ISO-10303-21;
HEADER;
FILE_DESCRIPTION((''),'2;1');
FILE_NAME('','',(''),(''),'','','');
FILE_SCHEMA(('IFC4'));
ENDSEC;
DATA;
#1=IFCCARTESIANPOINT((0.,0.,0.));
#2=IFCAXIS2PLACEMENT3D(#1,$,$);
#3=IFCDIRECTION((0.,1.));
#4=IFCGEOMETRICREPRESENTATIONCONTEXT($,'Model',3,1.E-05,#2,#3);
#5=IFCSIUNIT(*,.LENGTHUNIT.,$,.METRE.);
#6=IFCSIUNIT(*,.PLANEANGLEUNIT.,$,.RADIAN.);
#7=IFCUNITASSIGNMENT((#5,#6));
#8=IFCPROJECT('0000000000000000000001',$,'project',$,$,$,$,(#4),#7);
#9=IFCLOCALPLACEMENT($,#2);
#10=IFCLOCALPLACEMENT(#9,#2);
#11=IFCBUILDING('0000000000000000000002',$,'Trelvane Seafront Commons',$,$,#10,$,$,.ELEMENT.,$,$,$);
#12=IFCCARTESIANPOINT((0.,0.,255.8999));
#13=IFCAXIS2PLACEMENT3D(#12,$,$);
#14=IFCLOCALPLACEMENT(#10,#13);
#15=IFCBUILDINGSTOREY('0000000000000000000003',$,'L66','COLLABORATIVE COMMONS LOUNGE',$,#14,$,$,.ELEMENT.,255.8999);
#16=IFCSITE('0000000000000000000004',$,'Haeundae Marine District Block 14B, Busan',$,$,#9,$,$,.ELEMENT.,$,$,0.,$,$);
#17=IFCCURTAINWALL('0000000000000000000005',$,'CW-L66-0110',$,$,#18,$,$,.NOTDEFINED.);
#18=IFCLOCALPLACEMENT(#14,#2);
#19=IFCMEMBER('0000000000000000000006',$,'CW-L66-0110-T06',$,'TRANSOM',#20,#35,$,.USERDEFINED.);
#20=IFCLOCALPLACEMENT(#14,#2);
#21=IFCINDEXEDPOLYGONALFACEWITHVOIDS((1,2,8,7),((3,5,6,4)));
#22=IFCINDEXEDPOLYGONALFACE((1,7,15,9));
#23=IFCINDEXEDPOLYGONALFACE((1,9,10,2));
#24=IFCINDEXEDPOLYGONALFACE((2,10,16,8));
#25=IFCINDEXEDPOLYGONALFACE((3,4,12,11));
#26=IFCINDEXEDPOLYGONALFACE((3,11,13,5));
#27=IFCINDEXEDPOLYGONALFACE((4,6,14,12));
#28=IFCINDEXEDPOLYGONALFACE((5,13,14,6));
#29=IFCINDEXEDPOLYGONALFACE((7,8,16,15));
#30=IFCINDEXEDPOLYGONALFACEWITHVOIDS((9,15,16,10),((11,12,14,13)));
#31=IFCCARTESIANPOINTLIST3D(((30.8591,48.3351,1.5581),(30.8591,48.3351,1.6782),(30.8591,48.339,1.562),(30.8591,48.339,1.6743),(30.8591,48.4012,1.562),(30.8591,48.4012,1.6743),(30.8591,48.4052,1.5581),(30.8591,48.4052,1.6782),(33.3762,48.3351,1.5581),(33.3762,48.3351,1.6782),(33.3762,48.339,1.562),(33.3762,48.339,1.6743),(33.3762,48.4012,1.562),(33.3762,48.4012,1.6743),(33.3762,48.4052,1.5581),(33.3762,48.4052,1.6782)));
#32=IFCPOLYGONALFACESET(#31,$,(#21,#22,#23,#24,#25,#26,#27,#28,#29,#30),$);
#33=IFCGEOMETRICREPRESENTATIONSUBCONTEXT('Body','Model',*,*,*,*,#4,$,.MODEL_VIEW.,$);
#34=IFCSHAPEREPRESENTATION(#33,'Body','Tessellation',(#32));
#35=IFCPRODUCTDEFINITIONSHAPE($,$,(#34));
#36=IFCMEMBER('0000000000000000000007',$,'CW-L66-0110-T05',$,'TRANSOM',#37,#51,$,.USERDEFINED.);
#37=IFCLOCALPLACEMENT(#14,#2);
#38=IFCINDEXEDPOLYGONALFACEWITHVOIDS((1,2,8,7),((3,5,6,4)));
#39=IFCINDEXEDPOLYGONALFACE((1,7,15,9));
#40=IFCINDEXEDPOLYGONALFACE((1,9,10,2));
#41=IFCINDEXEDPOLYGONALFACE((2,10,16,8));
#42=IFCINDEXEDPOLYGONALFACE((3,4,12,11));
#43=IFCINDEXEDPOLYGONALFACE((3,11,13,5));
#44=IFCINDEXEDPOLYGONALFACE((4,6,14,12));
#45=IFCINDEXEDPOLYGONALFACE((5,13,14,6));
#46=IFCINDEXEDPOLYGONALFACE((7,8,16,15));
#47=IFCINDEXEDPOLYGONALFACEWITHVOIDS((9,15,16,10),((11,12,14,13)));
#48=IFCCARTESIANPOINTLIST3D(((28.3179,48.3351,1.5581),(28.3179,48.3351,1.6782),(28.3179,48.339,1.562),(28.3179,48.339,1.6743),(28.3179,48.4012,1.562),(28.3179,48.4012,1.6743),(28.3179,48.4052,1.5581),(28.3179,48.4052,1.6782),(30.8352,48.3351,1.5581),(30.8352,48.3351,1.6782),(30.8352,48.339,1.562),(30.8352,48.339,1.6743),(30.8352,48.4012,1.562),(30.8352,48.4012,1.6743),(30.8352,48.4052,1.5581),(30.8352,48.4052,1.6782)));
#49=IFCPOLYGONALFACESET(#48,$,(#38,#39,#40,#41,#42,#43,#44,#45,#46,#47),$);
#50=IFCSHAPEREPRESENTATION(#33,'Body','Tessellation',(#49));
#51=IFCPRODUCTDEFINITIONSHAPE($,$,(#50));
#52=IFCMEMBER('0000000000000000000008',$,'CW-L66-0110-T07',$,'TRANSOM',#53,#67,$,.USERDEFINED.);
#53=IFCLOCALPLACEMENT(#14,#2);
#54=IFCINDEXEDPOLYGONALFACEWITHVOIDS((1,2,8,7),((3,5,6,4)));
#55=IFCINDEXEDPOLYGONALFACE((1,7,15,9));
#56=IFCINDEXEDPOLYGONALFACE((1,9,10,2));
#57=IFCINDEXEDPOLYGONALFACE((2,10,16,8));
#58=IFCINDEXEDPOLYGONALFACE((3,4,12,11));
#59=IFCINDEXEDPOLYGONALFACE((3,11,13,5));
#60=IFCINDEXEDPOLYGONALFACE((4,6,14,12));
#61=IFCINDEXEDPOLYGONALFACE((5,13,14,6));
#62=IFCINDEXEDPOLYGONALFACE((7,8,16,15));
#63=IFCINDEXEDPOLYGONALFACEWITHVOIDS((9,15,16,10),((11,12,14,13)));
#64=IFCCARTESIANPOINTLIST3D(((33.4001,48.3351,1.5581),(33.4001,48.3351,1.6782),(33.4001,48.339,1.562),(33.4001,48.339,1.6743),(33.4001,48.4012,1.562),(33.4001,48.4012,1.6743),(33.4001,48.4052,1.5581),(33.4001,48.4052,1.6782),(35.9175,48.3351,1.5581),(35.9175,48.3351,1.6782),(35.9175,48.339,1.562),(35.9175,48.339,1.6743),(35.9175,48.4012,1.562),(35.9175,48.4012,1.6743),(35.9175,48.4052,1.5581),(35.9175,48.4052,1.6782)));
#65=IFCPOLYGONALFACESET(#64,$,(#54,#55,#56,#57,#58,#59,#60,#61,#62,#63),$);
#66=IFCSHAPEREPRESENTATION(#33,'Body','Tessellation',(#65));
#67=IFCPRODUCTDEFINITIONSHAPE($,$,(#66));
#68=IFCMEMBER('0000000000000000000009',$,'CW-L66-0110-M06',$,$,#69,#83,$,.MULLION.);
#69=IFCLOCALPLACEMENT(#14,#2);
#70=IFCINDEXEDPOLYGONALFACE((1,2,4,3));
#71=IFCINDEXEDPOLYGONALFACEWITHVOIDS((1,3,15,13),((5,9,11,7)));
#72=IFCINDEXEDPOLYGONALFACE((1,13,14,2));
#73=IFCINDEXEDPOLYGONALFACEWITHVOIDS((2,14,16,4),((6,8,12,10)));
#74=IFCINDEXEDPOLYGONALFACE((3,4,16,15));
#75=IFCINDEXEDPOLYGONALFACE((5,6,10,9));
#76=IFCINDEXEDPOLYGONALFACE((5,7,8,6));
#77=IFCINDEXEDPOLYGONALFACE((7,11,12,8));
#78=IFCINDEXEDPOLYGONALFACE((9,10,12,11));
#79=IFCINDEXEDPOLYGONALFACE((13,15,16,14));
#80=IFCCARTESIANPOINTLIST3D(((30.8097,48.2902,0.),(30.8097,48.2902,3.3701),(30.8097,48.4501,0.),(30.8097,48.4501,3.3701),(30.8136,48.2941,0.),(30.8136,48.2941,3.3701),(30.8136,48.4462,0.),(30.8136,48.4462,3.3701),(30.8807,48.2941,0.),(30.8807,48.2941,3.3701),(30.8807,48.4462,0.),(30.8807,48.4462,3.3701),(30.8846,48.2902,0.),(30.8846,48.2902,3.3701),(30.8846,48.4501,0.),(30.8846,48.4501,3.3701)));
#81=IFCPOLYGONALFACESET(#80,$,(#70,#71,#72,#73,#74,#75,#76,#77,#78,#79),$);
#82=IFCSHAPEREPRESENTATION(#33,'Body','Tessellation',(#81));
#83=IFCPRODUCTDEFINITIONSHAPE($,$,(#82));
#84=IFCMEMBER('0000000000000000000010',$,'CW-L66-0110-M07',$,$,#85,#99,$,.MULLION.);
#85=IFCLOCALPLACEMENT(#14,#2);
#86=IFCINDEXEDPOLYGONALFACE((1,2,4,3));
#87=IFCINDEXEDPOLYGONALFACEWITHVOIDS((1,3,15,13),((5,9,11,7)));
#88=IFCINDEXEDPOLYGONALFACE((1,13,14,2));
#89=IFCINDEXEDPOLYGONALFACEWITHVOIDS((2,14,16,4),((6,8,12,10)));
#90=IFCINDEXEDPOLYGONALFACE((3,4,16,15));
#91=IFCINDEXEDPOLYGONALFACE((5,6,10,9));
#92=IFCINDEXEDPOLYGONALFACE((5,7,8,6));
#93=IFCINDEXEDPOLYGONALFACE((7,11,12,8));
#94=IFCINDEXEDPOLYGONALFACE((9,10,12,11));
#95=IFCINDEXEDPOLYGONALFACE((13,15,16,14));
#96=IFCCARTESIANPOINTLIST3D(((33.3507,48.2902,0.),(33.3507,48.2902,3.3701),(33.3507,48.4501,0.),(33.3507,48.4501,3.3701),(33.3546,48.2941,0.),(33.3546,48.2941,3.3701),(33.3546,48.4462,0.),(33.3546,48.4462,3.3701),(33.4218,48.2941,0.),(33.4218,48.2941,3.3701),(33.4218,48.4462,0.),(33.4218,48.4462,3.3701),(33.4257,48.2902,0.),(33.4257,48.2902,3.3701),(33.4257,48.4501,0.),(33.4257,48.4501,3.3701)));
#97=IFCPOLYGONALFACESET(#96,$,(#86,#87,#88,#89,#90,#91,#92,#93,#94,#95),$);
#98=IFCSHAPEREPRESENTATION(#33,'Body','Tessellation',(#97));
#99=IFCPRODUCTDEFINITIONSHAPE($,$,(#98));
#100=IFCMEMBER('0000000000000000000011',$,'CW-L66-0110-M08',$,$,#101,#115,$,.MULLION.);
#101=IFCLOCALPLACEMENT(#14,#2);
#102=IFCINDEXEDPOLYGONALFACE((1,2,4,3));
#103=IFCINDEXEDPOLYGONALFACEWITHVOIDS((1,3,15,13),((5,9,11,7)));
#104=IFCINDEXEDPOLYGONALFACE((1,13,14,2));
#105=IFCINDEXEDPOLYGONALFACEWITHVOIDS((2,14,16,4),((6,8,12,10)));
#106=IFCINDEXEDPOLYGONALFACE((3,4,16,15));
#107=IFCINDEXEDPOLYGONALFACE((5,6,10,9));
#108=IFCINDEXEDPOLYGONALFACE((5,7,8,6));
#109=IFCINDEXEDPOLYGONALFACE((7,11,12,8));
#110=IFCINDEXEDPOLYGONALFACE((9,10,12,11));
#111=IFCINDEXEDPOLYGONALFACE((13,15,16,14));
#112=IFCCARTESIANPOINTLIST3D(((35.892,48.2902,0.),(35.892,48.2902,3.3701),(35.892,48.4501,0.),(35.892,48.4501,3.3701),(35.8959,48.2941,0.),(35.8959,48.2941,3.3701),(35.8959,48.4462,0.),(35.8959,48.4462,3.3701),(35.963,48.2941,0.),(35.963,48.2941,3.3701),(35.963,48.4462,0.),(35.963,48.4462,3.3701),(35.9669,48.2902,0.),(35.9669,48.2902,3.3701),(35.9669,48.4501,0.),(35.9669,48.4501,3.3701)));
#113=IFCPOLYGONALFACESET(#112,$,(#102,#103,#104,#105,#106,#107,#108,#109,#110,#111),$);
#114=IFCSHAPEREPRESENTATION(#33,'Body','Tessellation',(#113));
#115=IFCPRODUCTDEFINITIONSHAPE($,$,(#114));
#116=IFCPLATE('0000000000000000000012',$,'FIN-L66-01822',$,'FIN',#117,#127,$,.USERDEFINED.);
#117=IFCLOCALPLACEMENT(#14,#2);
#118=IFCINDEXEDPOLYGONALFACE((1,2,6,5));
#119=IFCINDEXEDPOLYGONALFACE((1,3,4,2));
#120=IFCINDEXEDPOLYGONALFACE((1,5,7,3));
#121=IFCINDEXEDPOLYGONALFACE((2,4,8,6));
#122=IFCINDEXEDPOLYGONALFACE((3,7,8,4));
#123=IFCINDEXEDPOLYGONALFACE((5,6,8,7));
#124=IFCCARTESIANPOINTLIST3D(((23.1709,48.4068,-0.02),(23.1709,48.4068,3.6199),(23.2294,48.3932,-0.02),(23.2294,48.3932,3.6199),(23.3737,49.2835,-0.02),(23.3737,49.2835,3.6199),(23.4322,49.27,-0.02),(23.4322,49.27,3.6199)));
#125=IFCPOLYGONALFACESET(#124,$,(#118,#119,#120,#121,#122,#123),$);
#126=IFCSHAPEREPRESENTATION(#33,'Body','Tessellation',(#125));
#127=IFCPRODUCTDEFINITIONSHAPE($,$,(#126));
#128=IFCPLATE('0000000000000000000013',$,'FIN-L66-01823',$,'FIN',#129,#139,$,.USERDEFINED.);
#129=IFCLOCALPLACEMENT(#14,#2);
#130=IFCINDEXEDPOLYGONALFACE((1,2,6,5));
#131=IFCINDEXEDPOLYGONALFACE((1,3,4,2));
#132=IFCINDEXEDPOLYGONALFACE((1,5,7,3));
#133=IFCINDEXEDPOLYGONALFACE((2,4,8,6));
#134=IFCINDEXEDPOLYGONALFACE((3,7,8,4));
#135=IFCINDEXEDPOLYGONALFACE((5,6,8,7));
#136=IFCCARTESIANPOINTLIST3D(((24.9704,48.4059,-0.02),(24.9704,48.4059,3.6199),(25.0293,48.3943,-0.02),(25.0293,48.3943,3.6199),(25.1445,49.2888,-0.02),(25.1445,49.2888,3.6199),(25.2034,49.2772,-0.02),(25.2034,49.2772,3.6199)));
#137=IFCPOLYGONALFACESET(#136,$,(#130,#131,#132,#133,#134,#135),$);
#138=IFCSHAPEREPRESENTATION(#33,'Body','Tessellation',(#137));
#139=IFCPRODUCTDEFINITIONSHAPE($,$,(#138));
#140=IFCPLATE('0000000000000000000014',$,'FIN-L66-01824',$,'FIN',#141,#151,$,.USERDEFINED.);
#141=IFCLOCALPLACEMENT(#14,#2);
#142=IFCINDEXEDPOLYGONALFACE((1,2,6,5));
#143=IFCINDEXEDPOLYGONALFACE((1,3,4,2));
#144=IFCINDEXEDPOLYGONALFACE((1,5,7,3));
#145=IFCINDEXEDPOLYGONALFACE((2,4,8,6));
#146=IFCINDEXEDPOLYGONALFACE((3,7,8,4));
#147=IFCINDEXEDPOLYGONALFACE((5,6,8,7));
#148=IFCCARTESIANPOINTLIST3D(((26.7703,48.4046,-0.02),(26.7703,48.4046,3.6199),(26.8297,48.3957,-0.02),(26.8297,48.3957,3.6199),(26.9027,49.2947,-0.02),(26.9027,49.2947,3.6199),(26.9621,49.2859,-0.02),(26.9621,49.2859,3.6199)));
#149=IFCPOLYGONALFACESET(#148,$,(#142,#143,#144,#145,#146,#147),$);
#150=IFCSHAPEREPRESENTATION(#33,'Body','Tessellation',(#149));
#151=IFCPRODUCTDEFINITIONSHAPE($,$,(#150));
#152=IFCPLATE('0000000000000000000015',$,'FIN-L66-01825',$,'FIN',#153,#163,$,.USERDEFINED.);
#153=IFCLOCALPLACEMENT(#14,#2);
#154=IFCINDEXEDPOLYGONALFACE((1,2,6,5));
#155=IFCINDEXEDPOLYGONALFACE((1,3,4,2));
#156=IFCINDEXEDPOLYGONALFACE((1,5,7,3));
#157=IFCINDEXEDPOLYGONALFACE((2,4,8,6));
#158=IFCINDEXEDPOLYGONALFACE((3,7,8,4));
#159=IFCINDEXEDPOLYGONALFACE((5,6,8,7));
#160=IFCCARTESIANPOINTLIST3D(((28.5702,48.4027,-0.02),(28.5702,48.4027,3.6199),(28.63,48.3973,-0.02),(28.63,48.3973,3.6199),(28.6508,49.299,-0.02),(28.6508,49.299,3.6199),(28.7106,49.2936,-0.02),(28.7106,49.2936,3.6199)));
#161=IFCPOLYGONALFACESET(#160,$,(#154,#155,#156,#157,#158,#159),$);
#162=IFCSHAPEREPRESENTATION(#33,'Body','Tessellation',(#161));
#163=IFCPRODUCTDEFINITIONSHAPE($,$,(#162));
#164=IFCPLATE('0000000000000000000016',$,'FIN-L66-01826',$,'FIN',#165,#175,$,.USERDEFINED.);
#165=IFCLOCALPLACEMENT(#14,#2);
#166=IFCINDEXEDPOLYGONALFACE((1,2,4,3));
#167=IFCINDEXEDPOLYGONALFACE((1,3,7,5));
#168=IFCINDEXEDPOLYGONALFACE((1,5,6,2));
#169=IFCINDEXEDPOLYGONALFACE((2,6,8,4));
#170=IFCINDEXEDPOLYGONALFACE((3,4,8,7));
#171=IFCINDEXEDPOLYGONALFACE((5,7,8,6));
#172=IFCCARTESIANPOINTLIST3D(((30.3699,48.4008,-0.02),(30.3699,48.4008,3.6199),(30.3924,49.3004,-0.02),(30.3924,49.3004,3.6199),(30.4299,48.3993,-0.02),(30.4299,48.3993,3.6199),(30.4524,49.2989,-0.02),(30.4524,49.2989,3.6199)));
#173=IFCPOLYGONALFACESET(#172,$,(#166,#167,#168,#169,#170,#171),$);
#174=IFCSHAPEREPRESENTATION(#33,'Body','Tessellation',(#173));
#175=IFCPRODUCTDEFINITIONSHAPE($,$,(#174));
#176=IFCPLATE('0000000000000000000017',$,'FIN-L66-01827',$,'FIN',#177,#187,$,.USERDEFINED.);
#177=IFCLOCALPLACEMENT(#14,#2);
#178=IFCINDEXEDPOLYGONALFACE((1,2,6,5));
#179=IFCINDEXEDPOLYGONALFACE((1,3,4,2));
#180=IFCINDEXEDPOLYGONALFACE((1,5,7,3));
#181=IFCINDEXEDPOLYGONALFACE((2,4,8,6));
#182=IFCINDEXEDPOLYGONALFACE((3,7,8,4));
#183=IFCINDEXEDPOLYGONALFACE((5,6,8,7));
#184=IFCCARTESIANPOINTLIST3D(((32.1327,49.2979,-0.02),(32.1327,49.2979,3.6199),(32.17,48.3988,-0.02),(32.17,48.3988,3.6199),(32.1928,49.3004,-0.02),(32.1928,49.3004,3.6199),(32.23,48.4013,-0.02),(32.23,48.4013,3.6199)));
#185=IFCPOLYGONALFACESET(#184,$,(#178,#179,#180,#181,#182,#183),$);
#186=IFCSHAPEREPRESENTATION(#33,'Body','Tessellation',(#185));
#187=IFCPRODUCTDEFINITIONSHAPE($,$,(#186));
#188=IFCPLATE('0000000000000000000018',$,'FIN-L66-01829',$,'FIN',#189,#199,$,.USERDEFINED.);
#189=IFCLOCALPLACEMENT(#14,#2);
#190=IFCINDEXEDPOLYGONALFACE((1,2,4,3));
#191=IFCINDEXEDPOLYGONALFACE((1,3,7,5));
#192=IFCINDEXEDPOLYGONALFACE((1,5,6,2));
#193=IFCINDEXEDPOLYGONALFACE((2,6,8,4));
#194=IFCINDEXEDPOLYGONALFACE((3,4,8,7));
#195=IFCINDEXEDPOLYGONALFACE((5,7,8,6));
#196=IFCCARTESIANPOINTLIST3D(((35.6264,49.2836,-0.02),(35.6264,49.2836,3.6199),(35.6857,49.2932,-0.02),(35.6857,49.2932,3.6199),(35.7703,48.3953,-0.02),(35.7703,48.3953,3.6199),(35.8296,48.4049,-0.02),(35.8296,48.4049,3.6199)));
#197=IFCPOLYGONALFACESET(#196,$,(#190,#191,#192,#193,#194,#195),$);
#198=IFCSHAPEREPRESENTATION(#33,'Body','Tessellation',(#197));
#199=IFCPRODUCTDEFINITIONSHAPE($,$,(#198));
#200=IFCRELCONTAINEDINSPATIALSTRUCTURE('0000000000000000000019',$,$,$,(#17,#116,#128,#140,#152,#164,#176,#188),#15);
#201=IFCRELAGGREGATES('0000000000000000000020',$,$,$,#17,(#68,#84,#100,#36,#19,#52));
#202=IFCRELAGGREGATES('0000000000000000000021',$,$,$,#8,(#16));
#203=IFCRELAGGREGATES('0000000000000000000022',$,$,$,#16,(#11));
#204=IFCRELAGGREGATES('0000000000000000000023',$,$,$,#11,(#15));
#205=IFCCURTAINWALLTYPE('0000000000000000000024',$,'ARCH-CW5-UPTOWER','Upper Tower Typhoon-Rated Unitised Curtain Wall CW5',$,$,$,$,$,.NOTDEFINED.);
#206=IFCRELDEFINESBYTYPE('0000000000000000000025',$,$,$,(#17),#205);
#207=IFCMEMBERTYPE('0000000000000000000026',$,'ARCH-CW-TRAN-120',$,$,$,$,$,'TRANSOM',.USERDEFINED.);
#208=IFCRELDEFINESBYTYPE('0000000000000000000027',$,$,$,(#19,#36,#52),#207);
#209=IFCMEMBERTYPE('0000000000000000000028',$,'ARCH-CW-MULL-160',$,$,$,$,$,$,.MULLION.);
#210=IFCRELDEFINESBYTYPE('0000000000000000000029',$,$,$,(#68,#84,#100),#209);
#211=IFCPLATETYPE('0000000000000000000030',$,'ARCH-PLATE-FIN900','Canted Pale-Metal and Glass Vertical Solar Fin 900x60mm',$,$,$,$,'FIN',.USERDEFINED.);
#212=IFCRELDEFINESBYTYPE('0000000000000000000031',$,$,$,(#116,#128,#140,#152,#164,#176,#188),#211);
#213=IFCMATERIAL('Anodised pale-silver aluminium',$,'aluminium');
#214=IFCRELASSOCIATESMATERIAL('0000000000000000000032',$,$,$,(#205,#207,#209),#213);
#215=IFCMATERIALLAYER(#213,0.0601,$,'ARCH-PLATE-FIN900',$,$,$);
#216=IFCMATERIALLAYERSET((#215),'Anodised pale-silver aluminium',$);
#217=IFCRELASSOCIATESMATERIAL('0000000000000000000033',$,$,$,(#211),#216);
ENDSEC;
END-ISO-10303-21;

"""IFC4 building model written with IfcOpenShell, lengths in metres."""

from ifc_helpers import new_model, si_unit, direction, frame, origin, origin_2d, place, context, subcontext, project, spatial, rectangle, hollow_rectangle, extrude, source, transform, mapped, material, layer, layer_set, material_profile, profile_set, type_object, element, aggregate, save


model = new_model("IFC4")

# Units and contexts
model_context = context("Model", 3, precision=1e-05, world=origin(), true_north=direction((0.0, 1.0)))
body_context = subcontext(model_context, "Body", "Model", "MODEL_VIEW")
ifc_project = project(units=[si_unit("LENGTHUNIT", "METRE"), si_unit("PLANEANGLEUNIT", "RADIAN")], contexts=[model_context])

# Site, building, storey
site_placement = place(None, origin())
site = spatial("IfcSite", under=ifc_project, at=site_placement, Name="Haeundae Marine District Block 14B, Busan", CompositionType="ELEMENT", RefElevation=0.0)
building_placement = place(site_placement, origin())
building = spatial("IfcBuilding", under=site, at=building_placement, Name="Trelvane Seafront Commons", CompositionType="ELEMENT")
storey_placement = place(building_placement, frame((0.0, 0.0, 255.8999)))
storey = spatial("IfcBuildingStorey", under=building, at=storey_placement, Name="L66", Description="COLLABORATIVE COMMONS LOUNGE", CompositionType="ELEMENT", Elevation=255.8999)

# Curtain wall, members
ifc_material_1 = material(Name="Anodised pale-silver aluminium", Category="aluminium")
curtain_wall_type = type_object("IfcCurtainWallType", Name="ARCH-CW5-UPTOWER", Description="Upper Tower Typhoon-Rated Unitised Curtain Wall CW5", PredefinedType="NOTDEFINED", material=ifc_material_1)
curtain_wall_placement = place(storey_placement, origin())
curtain_wall = element("IfcCurtainWall", 1, at=curtain_wall_placement, inside=storey, type_object=curtain_wall_type, Name="CW-L66-0110", PredefinedType="NOTDEFINED")
ifc_material_profile_1 = material_profile(ifc_material_1, hollow_rectangle(XDim=0.0701, YDim=0.1201, WallThickness=0.0039, at=origin_2d()), Name="TRAN-70x120x4")
ifc_profile_set_1 = profile_set([ifc_material_profile_1], Name="Anodised pale-silver aluminium")
member_type_1 = type_object("IfcMemberType", Name="ARCH-CW-TRAN-120", ElementType="TRANSOM", PredefinedType="USERDEFINED", material=ifc_profile_set_1)
shared_shape_1 = source(origin(), body_context, "Body", "SweptSolid", [
    extrude(hollow_rectangle(XDim=0.0701, YDim=0.1201, WallThickness=0.0039, at=origin_2d()), origin(), (0.0, 0.0, 1.0), 2.5171),
])
member_1_placement = place(storey_placement, frame((30.8591, 48.3701, 1.6182), z_axis=(1.0, 0.0, 0.0), x_axis=(0.0, 1.0, 0.0)))
member_1 = element("IfcMember", 2, at=member_1_placement, type_object=member_type_1, Name="CW-L66-0110-T06", ObjectType="TRANSOM", PredefinedType="USERDEFINED", context=body_context, shape_type="MappedRepresentation", body=[
    mapped(shared_shape_1, transform((0.0, 0.0, 0.0), x_axis=(1.0, 0.0, 0.0), y_axis=(0.0, 1.0, 0.0), z_axis=(0.0, 0.0, 1.0), scale=1.0)),
])
shared_shape_2 = source(origin(), body_context, "Body", "SweptSolid", [
    extrude(hollow_rectangle(XDim=0.0701, YDim=0.1201, WallThickness=0.0039, at=origin_2d()), origin(), (0.0, 0.0, 1.0), 2.5173),
])
member_2_placement = place(storey_placement, frame((28.3179, 48.3701, 1.6182), z_axis=(1.0, 0.0, 0.0), x_axis=(0.0, 1.0, 0.0)))
member_2 = element("IfcMember", 3, at=member_2_placement, type_object=member_type_1, Name="CW-L66-0110-T05", ObjectType="TRANSOM", PredefinedType="USERDEFINED", context=body_context, shape_type="MappedRepresentation", body=[
    mapped(shared_shape_2, transform((0.0, 0.0, 0.0), x_axis=(1.0, 0.0, 0.0), y_axis=(0.0, 1.0, 0.0), z_axis=(0.0, 0.0, 1.0), scale=1.0)),
])
member_3_placement = place(storey_placement, frame((33.4001, 48.3701, 1.6182), z_axis=(1.0, 0.0, 0.0), x_axis=(0.0, 1.0, 0.0)))
member_3 = element("IfcMember", 4, at=member_3_placement, type_object=member_type_1, Name="CW-L66-0110-T07", ObjectType="TRANSOM", PredefinedType="USERDEFINED", context=body_context, shape_type="MappedRepresentation", body=[
    mapped(shared_shape_2, transform((0.0, 0.0, 0.0), x_axis=(1.0, 0.0, 0.0), y_axis=(0.0, 1.0, 0.0), z_axis=(0.0, 0.0, 1.0), scale=1.0)),
])
ifc_material_profile_2 = material_profile(ifc_material_1, hollow_rectangle(XDim=0.075, YDim=0.1599, WallThickness=0.0039, at=origin_2d()), Name="MULL-75x160x4")
ifc_profile_set_2 = profile_set([ifc_material_profile_2], Name="Anodised pale-silver aluminium")
member_type_2 = type_object("IfcMemberType", Name="ARCH-CW-MULL-160", PredefinedType="MULLION", material=ifc_profile_set_2)
shared_shape_3 = source(origin(), body_context, "Body", "SweptSolid", [
    extrude(hollow_rectangle(XDim=0.075, YDim=0.1599, WallThickness=0.0039, at=origin_2d()), origin(), (0.0, 0.0, 1.0), 3.3701),
])
member_4_placement = place(storey_placement, frame((30.8472, 48.3701, 0.0), z_axis=(0.0, 0.0, 1.0), x_axis=(1.0, 0.0, 0.0)))
member_4 = element("IfcMember", 5, at=member_4_placement, type_object=member_type_2, Name="CW-L66-0110-M06", PredefinedType="MULLION", context=body_context, shape_type="MappedRepresentation", body=[
    mapped(shared_shape_3, transform((0.0, 0.0, 0.0), x_axis=(1.0, 0.0, 0.0), y_axis=(0.0, 1.0, 0.0), z_axis=(0.0, 0.0, 1.0), scale=1.0)),
])
member_5_placement = place(storey_placement, frame((33.3882, 48.3701, 0.0), z_axis=(0.0, 0.0, 1.0), x_axis=(1.0, 0.0, 0.0)))
member_5 = element("IfcMember", 6, at=member_5_placement, type_object=member_type_2, Name="CW-L66-0110-M07", PredefinedType="MULLION", context=body_context, shape_type="MappedRepresentation", body=[
    mapped(shared_shape_3, transform((0.0, 0.0, 0.0), x_axis=(1.0, 0.0, 0.0), y_axis=(0.0, 1.0, 0.0), z_axis=(0.0, 0.0, 1.0), scale=1.0)),
])
member_6_placement = place(storey_placement, frame((35.9294, 48.3701, 0.0), z_axis=(0.0, 0.0, 1.0), x_axis=(1.0, 0.0, 0.0)))
member_6 = element("IfcMember", 7, at=member_6_placement, type_object=member_type_2, Name="CW-L66-0110-M08", PredefinedType="MULLION", context=body_context, shape_type="MappedRepresentation", body=[
    mapped(shared_shape_3, transform((0.0, 0.0, 0.0), x_axis=(1.0, 0.0, 0.0), y_axis=(0.0, 1.0, 0.0), z_axis=(0.0, 0.0, 1.0), scale=1.0)),
])

# Plates
ifc_layer_1 = layer(ifc_material_1, 0.0601, Name="ARCH-PLATE-FIN900")
ifc_layer_set_1 = layer_set([ifc_layer_1], Name="Anodised pale-silver aluminium")
plate_type_1 = type_object("IfcPlateType", Name="ARCH-PLATE-FIN900", Description="Canted Pale-Metal and Glass Vertical Solar Fin 900x60mm", ElementType="FIN", PredefinedType="USERDEFINED", material=ifc_layer_set_1)
shared_shape_4 = source(origin(), body_context, "Body", "SweptSolid", [
    extrude(rectangle(XDim=0.8999, YDim=0.0601, at=origin_2d()), origin(), (0.0, 0.0, 1.0), 3.6399),
])
for number, where, z_axis, x_axis, name in (
    (8, (23.3015, 48.8384, -0.02), (0.0, 0.0, 1.0), (0.225346, 0.974279, 0.0), "FIN-L66-01822"),
    (9, (25.0869, 48.8416, -0.02), (0.0, 0.0, 1.0), (0.193445, 0.981111, 0.0), "FIN-L66-01823"),
    (10, (26.8662, 48.8452, -0.02), (0.0, 0.0, 1.0), (0.147112, 0.98912, 0.0), "FIN-L66-01824"),
    (11, (28.6404, 48.8481, -0.02), (0.0, 0.0, 1.0), (0.089553, 0.995982, 0.0), "FIN-L66-01825"),
    (12, (30.4111, 48.8499, -0.02), (0.0, 0.0, 1.0), (0.025001, 0.999687, 0.0), "FIN-L66-01826"),
    (13, (32.1814, 48.8496, -0.02), (0.0, 0.0, 1.0), (-0.041445, 0.999141, 0.0), "FIN-L66-01827"),
    (14, (35.728, 48.8442, -0.02), (0.0, 0.0, 1.0), (-0.159893, 0.987134, 0.0), "FIN-L66-01829"),
):
    element("IfcPlate", number, at=place(storey_placement, frame(where, z_axis=z_axis, x_axis=x_axis)), inside=storey, type_object=plate_type_1, Name=name, ObjectType="FIN", PredefinedType="USERDEFINED", context=body_context, shape_type="MappedRepresentation", body=[
        mapped(shared_shape_4, transform((0.0, 0.0, 0.0), x_axis=(1.0, 0.0, 0.0), y_axis=(0.0, 1.0, 0.0), z_axis=(0.0, 0.0, 1.0), scale=1.0)),
    ])

aggregate(curtain_wall, [member_4, member_5, member_6, member_2, member_1, member_3])

save(model, "model.ifc")
